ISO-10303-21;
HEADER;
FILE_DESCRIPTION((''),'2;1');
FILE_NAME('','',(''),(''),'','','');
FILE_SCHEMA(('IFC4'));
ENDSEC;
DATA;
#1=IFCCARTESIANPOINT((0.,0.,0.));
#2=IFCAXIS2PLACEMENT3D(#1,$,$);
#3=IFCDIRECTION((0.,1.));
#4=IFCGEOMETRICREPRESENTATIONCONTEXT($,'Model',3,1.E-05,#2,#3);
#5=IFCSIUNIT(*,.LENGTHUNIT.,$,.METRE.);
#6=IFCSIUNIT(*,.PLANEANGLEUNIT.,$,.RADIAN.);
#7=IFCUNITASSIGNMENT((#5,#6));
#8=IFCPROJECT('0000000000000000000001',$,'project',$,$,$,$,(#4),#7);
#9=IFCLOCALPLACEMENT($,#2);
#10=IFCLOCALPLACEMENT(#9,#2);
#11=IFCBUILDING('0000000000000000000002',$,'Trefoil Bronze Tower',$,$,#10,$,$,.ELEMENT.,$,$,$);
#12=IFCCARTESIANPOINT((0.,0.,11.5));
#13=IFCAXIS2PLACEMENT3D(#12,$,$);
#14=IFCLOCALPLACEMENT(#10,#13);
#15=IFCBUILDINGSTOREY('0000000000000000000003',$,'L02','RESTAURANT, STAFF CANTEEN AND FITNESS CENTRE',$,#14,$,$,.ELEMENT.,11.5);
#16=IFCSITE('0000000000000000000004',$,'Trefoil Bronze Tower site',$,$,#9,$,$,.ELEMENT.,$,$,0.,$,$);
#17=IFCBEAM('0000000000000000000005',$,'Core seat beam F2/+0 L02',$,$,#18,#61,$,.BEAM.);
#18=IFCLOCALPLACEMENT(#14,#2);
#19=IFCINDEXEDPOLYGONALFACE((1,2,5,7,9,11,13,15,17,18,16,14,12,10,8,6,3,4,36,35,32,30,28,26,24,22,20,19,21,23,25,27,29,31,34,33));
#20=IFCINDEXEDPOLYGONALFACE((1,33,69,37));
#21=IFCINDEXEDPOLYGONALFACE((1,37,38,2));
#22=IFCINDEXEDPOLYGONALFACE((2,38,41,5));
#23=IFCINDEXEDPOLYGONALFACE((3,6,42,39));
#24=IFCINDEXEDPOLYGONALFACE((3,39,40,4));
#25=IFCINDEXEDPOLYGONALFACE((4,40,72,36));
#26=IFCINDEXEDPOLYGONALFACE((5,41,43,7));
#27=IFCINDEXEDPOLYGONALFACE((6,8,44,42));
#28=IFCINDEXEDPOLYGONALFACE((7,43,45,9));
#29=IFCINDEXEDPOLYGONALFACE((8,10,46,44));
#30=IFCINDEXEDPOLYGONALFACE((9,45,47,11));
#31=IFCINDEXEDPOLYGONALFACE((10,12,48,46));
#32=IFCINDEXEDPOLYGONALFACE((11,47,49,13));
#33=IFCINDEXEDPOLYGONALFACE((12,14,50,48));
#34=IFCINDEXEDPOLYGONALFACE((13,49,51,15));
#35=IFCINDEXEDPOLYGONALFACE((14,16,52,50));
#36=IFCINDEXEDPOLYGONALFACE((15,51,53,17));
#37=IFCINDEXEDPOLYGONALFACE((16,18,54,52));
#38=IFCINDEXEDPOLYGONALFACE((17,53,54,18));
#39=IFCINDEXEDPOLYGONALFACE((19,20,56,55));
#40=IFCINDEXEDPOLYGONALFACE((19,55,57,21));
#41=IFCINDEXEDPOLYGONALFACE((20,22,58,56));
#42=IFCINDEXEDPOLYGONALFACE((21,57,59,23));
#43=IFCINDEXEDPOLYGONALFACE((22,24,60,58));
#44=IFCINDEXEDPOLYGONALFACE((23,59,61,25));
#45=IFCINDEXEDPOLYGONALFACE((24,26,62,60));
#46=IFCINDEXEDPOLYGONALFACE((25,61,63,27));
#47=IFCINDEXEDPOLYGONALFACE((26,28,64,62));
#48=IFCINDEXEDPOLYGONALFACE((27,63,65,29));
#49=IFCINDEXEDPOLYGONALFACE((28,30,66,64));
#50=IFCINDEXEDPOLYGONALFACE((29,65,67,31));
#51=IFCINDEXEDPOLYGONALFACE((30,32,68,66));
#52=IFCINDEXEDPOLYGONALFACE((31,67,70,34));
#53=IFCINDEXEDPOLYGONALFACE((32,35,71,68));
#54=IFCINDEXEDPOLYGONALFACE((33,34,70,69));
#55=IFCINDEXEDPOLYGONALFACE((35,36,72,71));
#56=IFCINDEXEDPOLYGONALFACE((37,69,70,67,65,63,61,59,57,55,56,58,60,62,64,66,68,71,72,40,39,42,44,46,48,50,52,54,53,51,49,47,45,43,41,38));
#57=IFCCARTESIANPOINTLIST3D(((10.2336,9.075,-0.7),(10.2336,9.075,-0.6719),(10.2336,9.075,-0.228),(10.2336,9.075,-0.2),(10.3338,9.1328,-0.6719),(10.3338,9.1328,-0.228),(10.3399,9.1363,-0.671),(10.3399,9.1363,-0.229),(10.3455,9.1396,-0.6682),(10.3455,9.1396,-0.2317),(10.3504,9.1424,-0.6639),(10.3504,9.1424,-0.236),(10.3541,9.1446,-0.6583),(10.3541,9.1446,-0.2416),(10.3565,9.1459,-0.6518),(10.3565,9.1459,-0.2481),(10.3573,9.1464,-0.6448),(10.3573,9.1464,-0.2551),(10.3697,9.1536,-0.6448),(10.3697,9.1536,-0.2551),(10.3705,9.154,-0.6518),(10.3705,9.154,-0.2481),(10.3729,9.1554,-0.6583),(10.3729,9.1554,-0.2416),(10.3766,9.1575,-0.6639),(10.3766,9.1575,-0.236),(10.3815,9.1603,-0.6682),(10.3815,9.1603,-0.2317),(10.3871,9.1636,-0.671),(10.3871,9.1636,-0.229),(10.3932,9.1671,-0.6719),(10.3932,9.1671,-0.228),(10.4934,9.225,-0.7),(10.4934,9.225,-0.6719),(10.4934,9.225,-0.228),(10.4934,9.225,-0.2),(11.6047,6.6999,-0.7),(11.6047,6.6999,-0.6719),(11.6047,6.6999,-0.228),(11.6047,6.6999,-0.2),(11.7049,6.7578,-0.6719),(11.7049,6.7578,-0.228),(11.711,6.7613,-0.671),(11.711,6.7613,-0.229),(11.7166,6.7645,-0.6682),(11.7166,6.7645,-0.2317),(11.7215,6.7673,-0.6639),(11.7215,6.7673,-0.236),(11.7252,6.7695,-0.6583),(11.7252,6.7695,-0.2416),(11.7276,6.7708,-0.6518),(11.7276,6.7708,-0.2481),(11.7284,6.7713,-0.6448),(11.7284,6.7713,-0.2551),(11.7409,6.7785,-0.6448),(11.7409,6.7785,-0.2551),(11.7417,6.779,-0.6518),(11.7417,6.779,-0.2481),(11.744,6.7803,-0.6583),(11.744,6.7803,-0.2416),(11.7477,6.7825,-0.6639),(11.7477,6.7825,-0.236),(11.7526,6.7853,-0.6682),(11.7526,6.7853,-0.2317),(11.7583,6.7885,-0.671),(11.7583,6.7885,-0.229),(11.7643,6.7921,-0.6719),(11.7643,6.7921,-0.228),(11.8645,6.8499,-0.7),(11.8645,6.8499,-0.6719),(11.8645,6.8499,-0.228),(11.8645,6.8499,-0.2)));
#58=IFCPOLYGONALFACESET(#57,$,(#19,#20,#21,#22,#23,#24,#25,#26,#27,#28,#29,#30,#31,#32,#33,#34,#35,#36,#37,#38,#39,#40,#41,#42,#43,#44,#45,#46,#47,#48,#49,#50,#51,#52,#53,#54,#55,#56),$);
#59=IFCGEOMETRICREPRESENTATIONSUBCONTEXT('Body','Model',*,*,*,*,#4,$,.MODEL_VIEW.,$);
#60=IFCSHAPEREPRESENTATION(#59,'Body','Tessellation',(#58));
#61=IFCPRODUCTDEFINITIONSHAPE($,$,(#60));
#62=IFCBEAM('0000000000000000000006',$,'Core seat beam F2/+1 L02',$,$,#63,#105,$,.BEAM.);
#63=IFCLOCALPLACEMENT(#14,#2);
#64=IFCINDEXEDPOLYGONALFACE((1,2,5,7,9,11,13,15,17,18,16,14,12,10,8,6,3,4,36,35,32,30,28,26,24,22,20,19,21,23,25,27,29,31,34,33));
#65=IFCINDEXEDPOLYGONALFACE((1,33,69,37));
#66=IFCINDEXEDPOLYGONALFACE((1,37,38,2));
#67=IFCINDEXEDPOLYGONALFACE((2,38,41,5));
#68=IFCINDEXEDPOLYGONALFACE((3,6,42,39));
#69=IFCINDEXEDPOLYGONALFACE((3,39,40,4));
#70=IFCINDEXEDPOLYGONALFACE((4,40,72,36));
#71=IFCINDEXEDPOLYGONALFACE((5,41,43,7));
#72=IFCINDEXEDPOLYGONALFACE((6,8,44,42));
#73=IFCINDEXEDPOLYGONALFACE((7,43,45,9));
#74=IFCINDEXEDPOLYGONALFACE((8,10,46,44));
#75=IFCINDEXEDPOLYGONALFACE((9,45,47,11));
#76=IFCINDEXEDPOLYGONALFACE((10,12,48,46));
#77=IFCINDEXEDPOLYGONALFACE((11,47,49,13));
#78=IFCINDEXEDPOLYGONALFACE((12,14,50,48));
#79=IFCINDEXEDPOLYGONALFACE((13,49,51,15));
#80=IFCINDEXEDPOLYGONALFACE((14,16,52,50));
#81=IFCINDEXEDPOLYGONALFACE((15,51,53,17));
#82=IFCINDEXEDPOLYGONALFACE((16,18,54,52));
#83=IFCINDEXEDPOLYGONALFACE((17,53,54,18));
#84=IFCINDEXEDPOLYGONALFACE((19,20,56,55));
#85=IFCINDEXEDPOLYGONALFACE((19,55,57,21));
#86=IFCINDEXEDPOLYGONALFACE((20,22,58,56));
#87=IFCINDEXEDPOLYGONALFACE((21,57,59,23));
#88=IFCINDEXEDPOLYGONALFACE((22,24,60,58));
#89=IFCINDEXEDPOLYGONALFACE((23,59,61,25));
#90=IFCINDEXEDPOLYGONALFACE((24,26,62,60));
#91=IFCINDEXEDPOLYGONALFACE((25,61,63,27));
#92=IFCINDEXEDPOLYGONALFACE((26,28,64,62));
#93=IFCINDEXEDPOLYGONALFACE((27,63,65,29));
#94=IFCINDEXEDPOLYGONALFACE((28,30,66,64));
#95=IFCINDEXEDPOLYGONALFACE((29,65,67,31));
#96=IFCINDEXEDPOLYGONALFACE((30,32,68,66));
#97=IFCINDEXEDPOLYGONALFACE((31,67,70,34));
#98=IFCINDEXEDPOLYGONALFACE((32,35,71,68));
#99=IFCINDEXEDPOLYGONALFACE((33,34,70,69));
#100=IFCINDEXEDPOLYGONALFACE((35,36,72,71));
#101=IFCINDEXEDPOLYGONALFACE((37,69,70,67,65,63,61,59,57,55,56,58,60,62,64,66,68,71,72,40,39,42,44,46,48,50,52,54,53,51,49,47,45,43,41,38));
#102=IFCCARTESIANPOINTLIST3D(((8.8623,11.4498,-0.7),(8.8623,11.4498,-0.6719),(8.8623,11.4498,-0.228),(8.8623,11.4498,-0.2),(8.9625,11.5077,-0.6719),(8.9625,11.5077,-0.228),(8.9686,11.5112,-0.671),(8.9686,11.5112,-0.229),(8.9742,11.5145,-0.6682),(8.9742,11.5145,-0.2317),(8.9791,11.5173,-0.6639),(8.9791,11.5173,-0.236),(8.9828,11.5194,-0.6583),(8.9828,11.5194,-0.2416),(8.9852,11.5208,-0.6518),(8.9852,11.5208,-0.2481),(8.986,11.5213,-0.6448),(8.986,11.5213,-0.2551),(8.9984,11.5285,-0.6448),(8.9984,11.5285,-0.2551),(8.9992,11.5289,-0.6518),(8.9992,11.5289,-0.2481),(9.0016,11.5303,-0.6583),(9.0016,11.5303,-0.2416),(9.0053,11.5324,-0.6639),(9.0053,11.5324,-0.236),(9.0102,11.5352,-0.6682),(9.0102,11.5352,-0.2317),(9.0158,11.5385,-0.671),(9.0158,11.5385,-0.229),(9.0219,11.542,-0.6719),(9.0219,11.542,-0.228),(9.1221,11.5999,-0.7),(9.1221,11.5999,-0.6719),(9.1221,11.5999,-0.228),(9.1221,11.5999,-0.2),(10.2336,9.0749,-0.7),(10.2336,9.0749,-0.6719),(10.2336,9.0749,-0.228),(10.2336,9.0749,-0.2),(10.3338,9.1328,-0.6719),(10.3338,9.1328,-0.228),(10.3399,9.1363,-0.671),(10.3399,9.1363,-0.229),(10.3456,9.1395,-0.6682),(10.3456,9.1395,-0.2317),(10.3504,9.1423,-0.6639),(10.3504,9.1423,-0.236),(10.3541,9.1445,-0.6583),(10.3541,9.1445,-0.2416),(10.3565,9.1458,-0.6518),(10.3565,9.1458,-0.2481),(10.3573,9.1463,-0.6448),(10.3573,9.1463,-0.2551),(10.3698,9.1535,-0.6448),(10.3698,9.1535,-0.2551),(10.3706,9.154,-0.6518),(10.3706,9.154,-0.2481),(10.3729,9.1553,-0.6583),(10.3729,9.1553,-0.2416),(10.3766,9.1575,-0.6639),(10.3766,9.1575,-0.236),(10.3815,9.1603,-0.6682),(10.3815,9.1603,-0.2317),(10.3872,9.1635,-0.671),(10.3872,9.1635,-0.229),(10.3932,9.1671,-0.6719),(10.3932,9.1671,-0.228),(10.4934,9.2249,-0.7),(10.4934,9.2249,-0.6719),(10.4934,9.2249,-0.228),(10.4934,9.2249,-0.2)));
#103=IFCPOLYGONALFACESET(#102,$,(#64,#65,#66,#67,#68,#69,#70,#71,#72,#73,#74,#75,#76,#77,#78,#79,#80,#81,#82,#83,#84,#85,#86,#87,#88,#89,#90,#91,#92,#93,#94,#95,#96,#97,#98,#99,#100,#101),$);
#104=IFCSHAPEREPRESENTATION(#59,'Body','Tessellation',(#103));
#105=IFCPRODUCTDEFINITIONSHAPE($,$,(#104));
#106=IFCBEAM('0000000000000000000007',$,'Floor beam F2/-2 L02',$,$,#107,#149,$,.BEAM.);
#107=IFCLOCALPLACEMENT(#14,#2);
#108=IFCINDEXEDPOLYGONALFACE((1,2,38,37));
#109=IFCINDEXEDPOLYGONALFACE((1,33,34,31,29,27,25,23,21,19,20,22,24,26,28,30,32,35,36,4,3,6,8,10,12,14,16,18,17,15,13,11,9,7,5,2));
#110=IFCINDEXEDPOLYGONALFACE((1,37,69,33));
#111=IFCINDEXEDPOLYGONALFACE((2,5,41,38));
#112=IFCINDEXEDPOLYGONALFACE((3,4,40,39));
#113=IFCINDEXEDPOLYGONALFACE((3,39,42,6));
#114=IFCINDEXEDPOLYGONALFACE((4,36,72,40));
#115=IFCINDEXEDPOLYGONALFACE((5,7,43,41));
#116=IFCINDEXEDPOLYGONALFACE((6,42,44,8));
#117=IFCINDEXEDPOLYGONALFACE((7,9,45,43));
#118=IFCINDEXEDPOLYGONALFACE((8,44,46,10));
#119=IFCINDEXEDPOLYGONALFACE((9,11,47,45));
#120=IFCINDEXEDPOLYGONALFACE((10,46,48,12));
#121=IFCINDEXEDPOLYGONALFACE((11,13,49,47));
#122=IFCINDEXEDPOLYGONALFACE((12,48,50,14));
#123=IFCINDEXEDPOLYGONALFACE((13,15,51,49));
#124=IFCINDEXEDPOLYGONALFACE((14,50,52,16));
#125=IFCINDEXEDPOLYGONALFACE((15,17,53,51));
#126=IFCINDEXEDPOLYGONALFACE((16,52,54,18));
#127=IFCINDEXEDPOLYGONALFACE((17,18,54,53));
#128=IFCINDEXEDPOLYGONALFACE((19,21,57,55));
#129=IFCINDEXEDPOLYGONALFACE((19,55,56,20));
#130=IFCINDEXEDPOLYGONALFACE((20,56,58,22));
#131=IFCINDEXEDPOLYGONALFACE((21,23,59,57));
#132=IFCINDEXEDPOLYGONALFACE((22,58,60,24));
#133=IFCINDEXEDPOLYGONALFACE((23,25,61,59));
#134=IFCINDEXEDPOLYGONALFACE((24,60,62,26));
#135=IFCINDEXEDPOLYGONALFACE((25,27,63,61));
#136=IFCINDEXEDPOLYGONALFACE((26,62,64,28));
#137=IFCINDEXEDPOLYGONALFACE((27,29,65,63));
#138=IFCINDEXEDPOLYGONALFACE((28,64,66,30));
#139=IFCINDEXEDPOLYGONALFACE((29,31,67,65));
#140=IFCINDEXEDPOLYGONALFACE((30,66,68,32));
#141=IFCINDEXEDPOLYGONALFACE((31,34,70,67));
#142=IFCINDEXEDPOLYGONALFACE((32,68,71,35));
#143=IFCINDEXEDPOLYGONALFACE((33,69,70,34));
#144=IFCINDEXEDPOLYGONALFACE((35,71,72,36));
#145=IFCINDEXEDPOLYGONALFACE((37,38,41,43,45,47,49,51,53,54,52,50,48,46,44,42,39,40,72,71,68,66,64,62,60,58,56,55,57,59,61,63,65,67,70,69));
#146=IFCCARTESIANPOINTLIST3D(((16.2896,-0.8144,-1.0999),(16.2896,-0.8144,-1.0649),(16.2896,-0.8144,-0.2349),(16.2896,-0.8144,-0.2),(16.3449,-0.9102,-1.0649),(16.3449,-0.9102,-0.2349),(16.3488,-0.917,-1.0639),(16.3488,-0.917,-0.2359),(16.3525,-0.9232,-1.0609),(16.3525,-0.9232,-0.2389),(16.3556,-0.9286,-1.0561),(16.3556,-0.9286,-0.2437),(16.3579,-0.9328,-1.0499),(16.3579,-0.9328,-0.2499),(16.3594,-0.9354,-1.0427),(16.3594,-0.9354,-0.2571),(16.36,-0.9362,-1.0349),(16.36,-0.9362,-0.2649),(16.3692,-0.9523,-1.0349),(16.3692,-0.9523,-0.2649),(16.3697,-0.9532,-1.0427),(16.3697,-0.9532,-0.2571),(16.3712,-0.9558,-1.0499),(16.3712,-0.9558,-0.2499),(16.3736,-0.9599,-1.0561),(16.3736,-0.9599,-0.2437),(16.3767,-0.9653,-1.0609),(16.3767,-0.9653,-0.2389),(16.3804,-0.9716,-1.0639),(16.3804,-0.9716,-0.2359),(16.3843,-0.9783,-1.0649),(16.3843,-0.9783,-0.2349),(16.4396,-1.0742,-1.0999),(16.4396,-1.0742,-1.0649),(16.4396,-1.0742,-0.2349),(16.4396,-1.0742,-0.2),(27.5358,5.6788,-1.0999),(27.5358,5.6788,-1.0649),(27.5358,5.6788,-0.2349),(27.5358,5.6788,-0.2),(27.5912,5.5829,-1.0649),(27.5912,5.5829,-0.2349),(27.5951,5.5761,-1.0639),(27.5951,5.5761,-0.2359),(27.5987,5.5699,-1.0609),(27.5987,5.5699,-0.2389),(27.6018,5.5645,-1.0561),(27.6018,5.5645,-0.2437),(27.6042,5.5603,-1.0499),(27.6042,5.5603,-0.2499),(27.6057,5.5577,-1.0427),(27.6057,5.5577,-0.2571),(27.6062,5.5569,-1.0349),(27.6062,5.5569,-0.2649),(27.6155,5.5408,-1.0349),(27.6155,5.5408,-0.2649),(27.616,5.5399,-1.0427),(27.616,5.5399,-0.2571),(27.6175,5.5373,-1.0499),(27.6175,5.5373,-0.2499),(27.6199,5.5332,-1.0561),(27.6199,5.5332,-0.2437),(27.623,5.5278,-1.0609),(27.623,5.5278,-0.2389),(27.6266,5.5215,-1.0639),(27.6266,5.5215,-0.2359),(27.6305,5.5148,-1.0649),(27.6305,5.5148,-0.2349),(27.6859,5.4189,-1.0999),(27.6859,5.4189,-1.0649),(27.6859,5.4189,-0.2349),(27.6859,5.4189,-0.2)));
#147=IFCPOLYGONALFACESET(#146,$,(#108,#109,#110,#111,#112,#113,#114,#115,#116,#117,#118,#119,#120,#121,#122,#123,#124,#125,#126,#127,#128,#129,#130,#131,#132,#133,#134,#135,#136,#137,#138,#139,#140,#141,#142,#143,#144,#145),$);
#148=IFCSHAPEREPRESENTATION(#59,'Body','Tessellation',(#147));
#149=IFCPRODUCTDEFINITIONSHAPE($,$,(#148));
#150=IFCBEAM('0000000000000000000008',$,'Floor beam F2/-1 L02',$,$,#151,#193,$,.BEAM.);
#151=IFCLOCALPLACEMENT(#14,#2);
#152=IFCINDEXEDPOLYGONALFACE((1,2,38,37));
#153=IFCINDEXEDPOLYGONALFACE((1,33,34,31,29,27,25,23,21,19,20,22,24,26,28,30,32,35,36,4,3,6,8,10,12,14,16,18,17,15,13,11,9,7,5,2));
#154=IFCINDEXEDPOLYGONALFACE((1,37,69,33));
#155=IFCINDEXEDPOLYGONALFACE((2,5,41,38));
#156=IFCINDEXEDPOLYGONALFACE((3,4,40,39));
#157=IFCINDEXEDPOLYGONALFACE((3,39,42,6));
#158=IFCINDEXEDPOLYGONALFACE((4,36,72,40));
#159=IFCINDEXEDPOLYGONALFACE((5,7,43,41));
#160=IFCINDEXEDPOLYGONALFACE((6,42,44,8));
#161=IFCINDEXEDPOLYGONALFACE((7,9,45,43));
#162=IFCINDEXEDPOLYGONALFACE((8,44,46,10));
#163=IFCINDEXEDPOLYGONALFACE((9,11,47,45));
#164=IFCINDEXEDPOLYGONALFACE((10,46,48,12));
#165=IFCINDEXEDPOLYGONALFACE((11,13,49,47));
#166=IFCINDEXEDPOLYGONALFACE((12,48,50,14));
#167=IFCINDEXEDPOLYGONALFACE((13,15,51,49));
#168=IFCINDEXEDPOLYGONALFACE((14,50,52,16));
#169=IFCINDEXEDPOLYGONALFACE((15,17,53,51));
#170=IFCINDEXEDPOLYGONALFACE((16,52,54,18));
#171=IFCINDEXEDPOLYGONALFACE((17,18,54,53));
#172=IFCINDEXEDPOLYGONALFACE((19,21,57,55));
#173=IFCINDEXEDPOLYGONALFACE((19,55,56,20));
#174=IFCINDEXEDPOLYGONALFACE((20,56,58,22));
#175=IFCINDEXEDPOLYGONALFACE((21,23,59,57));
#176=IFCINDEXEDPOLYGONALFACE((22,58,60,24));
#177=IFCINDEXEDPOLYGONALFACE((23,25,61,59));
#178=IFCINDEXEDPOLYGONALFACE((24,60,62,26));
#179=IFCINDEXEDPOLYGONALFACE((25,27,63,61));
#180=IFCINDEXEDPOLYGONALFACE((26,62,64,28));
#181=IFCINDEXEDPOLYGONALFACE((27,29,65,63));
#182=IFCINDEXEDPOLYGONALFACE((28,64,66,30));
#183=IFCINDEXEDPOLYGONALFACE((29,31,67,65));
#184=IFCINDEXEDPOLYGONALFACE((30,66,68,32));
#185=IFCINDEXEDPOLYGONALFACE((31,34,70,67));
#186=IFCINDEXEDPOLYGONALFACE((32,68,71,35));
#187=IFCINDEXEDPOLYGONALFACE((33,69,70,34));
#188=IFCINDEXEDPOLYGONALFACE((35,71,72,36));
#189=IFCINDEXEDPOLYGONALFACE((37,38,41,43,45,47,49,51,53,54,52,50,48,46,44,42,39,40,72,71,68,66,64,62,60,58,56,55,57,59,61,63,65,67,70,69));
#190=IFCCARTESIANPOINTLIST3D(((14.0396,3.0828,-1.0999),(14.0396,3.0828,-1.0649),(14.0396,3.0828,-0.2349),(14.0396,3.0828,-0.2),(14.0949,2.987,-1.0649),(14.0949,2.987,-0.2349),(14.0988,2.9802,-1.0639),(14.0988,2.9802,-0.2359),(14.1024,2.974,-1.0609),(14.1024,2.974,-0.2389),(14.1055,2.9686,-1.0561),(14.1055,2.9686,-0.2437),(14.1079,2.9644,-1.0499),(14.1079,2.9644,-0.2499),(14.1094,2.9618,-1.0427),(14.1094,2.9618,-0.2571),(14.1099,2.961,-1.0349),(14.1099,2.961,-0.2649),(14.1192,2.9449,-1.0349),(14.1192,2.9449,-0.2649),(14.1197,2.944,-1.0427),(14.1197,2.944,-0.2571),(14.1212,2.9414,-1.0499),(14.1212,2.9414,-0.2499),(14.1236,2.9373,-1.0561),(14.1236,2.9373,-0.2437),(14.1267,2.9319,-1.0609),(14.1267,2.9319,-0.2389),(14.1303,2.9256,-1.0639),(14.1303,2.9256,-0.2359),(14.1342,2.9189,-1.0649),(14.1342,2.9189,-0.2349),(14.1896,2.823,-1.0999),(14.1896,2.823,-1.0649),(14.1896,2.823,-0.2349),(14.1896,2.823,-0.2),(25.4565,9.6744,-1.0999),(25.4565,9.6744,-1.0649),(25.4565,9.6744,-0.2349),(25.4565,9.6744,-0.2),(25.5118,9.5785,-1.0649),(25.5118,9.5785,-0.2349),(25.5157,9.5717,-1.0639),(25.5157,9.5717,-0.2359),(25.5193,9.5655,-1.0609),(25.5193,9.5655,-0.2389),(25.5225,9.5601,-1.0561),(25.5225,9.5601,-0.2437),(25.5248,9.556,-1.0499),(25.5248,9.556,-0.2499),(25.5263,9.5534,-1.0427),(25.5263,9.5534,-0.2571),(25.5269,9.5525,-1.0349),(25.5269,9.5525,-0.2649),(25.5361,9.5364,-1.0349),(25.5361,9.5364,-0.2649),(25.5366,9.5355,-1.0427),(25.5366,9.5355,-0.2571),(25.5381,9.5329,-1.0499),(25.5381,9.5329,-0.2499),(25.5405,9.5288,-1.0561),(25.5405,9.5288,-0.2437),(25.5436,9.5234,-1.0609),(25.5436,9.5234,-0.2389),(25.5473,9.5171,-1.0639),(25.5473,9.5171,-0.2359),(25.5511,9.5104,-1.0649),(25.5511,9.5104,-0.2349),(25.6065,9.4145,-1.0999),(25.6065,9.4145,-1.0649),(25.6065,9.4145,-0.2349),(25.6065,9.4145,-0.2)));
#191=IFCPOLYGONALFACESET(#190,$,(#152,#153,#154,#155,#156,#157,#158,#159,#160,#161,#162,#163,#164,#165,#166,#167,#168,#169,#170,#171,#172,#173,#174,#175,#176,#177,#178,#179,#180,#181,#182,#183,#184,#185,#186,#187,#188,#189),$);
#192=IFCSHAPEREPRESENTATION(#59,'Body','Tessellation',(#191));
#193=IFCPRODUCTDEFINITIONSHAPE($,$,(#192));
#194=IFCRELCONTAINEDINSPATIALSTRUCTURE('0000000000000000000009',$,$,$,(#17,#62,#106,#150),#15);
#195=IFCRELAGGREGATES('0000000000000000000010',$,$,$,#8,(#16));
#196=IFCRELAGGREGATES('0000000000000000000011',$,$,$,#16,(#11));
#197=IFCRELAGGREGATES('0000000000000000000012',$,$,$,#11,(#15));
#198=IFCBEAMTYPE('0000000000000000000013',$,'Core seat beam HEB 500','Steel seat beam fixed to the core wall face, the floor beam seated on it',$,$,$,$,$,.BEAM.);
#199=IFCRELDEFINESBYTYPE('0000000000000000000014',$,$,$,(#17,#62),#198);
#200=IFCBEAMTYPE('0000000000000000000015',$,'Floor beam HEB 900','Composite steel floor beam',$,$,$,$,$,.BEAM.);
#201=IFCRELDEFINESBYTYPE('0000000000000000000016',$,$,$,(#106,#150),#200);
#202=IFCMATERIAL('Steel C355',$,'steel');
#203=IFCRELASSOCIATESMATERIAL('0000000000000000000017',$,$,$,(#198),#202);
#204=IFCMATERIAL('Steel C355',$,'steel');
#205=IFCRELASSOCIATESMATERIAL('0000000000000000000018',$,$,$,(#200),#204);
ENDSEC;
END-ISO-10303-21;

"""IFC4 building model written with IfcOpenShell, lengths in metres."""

from ifc_helpers import new_model, si_unit, direction, frame, origin, origin_2d, place, context, subcontext, project, spatial, i_section, extrude, material, material_profile, profile_set, type_object, element, save


model = new_model("IFC4")

# Units and contexts
model_context = context("Model", 3, precision=1e-05, world=origin(), true_north=direction((0.0, 1.0)))
body_context = subcontext(model_context, "Body", "Model", "MODEL_VIEW")
ifc_project = project(units=[si_unit("LENGTHUNIT", "METRE"), si_unit("PLANEANGLEUNIT", "RADIAN")], contexts=[model_context])

# Site, building, storey
site_placement = place(None, origin())
site = spatial("IfcSite", under=ifc_project, at=site_placement, Name="Trefoil Bronze Tower site", CompositionType="ELEMENT", RefElevation=0.0)
building_placement = place(site_placement, origin())
building = spatial("IfcBuilding", under=site, at=building_placement, Name="Trefoil Bronze Tower", CompositionType="ELEMENT")
storey_placement = place(building_placement, frame((0.0, 0.0, 11.5)))
storey = spatial("IfcBuildingStorey", under=building, at=storey_placement, Name="L02", Description="RESTAURANT, STAFF CANTEEN AND FITNESS CENTRE", CompositionType="ELEMENT", Elevation=11.5)

# Beams
ifc_material_1 = material(Name="Steel C355", Category="steel")
ifc_material_profile_1 = material_profile(ifc_material_1, i_section(OverallWidth=0.3, OverallDepth=0.5, WebThickness=0.0144, FlangeThickness=0.0281, FilletRadius=0.0271, at=origin_2d()), Name="HEB 500")
ifc_profile_set_1 = profile_set([ifc_material_profile_1], Name="Steel C355")
beam_type_1 = type_object("IfcBeamType", Name="Core seat beam HEB 500", Description="Steel seat beam fixed to the core wall face, the floor beam seated on it", PredefinedType="BEAM", material=ifc_profile_set_1)
for number, where, z_axis, x_axis, name in (
    (1, (11.7346, 6.7749, -0.45), (-0.499969, 0.866043, 0.0), (-0.866043, -0.499969, 0.0), "Core seat beam F2/+0 L02"),
    (2, (10.3635, 9.1499, -0.45), (-0.500036, 0.866005, 0.0), (-0.866005, -0.500036, 0.0), "Core seat beam F2/+1 L02"),
):
    element("IfcBeam", number, at=place(storey_placement, frame(where, z_axis=z_axis, x_axis=x_axis)), inside=storey, type_object=beam_type_1, Name=name, PredefinedType="BEAM", context=body_context, shape_type="SweptSolid", body=[
        extrude(i_section(OverallWidth=0.3, OverallDepth=0.5, WebThickness=0.0144, FlangeThickness=0.0281, FilletRadius=0.0271, at=origin_2d()), origin(), (0.0, 0.0, 1.0), 2.7424),
    ])
ifc_material_2 = material(Name="Steel C355", Category="steel")
ifc_material_profile_2 = material_profile(ifc_material_2, i_section(OverallWidth=0.3, OverallDepth=0.8999, WebThickness=0.0186, FlangeThickness=0.0349, FilletRadius=0.03, at=origin_2d()), Name="HEB 900")
ifc_profile_set_2 = profile_set([ifc_material_profile_2], Name="Steel C355")
beam_type_2 = type_object("IfcBeamType", Name="Floor beam HEB 900", Description="Composite steel floor beam", PredefinedType="BEAM", material=ifc_profile_set_2)
beam_1_placement = place(storey_placement, frame((27.6108, 5.5488, -0.6499), z_axis=(-0.866022, -0.500005, 0.0), x_axis=(0.500005, -0.866022, 0.0)))
element("IfcBeam", 3, at=beam_1_placement, inside=storey, type_object=beam_type_2, Name="Floor beam F2/-2 L02", PredefinedType="BEAM", context=body_context, shape_type="SweptSolid", body=[
    extrude(i_section(OverallWidth=0.3, OverallDepth=0.8999, WebThickness=0.0186, FlangeThickness=0.0349, FilletRadius=0.03, at=origin_2d()), origin(), (0.0, 0.0, 1.0), 12.9861),
])
beam_2_placement = place(storey_placement, frame((25.5315, 9.5444, -0.6499), z_axis=(-0.866027, -0.499997, 0.0), x_axis=(0.499997, -0.866027, 0.0)))
element("IfcBeam", 4, at=beam_2_placement, inside=storey, type_object=beam_type_2, Name="Floor beam F2/-1 L02", PredefinedType="BEAM", context=body_context, shape_type="SweptSolid", body=[
    extrude(i_section(OverallWidth=0.3, OverallDepth=0.8999, WebThickness=0.0186, FlangeThickness=0.0349, FilletRadius=0.03, at=origin_2d()), origin(), (0.0, 0.0, 1.0), 13.1831),
])

save(model, "model.ifc")
